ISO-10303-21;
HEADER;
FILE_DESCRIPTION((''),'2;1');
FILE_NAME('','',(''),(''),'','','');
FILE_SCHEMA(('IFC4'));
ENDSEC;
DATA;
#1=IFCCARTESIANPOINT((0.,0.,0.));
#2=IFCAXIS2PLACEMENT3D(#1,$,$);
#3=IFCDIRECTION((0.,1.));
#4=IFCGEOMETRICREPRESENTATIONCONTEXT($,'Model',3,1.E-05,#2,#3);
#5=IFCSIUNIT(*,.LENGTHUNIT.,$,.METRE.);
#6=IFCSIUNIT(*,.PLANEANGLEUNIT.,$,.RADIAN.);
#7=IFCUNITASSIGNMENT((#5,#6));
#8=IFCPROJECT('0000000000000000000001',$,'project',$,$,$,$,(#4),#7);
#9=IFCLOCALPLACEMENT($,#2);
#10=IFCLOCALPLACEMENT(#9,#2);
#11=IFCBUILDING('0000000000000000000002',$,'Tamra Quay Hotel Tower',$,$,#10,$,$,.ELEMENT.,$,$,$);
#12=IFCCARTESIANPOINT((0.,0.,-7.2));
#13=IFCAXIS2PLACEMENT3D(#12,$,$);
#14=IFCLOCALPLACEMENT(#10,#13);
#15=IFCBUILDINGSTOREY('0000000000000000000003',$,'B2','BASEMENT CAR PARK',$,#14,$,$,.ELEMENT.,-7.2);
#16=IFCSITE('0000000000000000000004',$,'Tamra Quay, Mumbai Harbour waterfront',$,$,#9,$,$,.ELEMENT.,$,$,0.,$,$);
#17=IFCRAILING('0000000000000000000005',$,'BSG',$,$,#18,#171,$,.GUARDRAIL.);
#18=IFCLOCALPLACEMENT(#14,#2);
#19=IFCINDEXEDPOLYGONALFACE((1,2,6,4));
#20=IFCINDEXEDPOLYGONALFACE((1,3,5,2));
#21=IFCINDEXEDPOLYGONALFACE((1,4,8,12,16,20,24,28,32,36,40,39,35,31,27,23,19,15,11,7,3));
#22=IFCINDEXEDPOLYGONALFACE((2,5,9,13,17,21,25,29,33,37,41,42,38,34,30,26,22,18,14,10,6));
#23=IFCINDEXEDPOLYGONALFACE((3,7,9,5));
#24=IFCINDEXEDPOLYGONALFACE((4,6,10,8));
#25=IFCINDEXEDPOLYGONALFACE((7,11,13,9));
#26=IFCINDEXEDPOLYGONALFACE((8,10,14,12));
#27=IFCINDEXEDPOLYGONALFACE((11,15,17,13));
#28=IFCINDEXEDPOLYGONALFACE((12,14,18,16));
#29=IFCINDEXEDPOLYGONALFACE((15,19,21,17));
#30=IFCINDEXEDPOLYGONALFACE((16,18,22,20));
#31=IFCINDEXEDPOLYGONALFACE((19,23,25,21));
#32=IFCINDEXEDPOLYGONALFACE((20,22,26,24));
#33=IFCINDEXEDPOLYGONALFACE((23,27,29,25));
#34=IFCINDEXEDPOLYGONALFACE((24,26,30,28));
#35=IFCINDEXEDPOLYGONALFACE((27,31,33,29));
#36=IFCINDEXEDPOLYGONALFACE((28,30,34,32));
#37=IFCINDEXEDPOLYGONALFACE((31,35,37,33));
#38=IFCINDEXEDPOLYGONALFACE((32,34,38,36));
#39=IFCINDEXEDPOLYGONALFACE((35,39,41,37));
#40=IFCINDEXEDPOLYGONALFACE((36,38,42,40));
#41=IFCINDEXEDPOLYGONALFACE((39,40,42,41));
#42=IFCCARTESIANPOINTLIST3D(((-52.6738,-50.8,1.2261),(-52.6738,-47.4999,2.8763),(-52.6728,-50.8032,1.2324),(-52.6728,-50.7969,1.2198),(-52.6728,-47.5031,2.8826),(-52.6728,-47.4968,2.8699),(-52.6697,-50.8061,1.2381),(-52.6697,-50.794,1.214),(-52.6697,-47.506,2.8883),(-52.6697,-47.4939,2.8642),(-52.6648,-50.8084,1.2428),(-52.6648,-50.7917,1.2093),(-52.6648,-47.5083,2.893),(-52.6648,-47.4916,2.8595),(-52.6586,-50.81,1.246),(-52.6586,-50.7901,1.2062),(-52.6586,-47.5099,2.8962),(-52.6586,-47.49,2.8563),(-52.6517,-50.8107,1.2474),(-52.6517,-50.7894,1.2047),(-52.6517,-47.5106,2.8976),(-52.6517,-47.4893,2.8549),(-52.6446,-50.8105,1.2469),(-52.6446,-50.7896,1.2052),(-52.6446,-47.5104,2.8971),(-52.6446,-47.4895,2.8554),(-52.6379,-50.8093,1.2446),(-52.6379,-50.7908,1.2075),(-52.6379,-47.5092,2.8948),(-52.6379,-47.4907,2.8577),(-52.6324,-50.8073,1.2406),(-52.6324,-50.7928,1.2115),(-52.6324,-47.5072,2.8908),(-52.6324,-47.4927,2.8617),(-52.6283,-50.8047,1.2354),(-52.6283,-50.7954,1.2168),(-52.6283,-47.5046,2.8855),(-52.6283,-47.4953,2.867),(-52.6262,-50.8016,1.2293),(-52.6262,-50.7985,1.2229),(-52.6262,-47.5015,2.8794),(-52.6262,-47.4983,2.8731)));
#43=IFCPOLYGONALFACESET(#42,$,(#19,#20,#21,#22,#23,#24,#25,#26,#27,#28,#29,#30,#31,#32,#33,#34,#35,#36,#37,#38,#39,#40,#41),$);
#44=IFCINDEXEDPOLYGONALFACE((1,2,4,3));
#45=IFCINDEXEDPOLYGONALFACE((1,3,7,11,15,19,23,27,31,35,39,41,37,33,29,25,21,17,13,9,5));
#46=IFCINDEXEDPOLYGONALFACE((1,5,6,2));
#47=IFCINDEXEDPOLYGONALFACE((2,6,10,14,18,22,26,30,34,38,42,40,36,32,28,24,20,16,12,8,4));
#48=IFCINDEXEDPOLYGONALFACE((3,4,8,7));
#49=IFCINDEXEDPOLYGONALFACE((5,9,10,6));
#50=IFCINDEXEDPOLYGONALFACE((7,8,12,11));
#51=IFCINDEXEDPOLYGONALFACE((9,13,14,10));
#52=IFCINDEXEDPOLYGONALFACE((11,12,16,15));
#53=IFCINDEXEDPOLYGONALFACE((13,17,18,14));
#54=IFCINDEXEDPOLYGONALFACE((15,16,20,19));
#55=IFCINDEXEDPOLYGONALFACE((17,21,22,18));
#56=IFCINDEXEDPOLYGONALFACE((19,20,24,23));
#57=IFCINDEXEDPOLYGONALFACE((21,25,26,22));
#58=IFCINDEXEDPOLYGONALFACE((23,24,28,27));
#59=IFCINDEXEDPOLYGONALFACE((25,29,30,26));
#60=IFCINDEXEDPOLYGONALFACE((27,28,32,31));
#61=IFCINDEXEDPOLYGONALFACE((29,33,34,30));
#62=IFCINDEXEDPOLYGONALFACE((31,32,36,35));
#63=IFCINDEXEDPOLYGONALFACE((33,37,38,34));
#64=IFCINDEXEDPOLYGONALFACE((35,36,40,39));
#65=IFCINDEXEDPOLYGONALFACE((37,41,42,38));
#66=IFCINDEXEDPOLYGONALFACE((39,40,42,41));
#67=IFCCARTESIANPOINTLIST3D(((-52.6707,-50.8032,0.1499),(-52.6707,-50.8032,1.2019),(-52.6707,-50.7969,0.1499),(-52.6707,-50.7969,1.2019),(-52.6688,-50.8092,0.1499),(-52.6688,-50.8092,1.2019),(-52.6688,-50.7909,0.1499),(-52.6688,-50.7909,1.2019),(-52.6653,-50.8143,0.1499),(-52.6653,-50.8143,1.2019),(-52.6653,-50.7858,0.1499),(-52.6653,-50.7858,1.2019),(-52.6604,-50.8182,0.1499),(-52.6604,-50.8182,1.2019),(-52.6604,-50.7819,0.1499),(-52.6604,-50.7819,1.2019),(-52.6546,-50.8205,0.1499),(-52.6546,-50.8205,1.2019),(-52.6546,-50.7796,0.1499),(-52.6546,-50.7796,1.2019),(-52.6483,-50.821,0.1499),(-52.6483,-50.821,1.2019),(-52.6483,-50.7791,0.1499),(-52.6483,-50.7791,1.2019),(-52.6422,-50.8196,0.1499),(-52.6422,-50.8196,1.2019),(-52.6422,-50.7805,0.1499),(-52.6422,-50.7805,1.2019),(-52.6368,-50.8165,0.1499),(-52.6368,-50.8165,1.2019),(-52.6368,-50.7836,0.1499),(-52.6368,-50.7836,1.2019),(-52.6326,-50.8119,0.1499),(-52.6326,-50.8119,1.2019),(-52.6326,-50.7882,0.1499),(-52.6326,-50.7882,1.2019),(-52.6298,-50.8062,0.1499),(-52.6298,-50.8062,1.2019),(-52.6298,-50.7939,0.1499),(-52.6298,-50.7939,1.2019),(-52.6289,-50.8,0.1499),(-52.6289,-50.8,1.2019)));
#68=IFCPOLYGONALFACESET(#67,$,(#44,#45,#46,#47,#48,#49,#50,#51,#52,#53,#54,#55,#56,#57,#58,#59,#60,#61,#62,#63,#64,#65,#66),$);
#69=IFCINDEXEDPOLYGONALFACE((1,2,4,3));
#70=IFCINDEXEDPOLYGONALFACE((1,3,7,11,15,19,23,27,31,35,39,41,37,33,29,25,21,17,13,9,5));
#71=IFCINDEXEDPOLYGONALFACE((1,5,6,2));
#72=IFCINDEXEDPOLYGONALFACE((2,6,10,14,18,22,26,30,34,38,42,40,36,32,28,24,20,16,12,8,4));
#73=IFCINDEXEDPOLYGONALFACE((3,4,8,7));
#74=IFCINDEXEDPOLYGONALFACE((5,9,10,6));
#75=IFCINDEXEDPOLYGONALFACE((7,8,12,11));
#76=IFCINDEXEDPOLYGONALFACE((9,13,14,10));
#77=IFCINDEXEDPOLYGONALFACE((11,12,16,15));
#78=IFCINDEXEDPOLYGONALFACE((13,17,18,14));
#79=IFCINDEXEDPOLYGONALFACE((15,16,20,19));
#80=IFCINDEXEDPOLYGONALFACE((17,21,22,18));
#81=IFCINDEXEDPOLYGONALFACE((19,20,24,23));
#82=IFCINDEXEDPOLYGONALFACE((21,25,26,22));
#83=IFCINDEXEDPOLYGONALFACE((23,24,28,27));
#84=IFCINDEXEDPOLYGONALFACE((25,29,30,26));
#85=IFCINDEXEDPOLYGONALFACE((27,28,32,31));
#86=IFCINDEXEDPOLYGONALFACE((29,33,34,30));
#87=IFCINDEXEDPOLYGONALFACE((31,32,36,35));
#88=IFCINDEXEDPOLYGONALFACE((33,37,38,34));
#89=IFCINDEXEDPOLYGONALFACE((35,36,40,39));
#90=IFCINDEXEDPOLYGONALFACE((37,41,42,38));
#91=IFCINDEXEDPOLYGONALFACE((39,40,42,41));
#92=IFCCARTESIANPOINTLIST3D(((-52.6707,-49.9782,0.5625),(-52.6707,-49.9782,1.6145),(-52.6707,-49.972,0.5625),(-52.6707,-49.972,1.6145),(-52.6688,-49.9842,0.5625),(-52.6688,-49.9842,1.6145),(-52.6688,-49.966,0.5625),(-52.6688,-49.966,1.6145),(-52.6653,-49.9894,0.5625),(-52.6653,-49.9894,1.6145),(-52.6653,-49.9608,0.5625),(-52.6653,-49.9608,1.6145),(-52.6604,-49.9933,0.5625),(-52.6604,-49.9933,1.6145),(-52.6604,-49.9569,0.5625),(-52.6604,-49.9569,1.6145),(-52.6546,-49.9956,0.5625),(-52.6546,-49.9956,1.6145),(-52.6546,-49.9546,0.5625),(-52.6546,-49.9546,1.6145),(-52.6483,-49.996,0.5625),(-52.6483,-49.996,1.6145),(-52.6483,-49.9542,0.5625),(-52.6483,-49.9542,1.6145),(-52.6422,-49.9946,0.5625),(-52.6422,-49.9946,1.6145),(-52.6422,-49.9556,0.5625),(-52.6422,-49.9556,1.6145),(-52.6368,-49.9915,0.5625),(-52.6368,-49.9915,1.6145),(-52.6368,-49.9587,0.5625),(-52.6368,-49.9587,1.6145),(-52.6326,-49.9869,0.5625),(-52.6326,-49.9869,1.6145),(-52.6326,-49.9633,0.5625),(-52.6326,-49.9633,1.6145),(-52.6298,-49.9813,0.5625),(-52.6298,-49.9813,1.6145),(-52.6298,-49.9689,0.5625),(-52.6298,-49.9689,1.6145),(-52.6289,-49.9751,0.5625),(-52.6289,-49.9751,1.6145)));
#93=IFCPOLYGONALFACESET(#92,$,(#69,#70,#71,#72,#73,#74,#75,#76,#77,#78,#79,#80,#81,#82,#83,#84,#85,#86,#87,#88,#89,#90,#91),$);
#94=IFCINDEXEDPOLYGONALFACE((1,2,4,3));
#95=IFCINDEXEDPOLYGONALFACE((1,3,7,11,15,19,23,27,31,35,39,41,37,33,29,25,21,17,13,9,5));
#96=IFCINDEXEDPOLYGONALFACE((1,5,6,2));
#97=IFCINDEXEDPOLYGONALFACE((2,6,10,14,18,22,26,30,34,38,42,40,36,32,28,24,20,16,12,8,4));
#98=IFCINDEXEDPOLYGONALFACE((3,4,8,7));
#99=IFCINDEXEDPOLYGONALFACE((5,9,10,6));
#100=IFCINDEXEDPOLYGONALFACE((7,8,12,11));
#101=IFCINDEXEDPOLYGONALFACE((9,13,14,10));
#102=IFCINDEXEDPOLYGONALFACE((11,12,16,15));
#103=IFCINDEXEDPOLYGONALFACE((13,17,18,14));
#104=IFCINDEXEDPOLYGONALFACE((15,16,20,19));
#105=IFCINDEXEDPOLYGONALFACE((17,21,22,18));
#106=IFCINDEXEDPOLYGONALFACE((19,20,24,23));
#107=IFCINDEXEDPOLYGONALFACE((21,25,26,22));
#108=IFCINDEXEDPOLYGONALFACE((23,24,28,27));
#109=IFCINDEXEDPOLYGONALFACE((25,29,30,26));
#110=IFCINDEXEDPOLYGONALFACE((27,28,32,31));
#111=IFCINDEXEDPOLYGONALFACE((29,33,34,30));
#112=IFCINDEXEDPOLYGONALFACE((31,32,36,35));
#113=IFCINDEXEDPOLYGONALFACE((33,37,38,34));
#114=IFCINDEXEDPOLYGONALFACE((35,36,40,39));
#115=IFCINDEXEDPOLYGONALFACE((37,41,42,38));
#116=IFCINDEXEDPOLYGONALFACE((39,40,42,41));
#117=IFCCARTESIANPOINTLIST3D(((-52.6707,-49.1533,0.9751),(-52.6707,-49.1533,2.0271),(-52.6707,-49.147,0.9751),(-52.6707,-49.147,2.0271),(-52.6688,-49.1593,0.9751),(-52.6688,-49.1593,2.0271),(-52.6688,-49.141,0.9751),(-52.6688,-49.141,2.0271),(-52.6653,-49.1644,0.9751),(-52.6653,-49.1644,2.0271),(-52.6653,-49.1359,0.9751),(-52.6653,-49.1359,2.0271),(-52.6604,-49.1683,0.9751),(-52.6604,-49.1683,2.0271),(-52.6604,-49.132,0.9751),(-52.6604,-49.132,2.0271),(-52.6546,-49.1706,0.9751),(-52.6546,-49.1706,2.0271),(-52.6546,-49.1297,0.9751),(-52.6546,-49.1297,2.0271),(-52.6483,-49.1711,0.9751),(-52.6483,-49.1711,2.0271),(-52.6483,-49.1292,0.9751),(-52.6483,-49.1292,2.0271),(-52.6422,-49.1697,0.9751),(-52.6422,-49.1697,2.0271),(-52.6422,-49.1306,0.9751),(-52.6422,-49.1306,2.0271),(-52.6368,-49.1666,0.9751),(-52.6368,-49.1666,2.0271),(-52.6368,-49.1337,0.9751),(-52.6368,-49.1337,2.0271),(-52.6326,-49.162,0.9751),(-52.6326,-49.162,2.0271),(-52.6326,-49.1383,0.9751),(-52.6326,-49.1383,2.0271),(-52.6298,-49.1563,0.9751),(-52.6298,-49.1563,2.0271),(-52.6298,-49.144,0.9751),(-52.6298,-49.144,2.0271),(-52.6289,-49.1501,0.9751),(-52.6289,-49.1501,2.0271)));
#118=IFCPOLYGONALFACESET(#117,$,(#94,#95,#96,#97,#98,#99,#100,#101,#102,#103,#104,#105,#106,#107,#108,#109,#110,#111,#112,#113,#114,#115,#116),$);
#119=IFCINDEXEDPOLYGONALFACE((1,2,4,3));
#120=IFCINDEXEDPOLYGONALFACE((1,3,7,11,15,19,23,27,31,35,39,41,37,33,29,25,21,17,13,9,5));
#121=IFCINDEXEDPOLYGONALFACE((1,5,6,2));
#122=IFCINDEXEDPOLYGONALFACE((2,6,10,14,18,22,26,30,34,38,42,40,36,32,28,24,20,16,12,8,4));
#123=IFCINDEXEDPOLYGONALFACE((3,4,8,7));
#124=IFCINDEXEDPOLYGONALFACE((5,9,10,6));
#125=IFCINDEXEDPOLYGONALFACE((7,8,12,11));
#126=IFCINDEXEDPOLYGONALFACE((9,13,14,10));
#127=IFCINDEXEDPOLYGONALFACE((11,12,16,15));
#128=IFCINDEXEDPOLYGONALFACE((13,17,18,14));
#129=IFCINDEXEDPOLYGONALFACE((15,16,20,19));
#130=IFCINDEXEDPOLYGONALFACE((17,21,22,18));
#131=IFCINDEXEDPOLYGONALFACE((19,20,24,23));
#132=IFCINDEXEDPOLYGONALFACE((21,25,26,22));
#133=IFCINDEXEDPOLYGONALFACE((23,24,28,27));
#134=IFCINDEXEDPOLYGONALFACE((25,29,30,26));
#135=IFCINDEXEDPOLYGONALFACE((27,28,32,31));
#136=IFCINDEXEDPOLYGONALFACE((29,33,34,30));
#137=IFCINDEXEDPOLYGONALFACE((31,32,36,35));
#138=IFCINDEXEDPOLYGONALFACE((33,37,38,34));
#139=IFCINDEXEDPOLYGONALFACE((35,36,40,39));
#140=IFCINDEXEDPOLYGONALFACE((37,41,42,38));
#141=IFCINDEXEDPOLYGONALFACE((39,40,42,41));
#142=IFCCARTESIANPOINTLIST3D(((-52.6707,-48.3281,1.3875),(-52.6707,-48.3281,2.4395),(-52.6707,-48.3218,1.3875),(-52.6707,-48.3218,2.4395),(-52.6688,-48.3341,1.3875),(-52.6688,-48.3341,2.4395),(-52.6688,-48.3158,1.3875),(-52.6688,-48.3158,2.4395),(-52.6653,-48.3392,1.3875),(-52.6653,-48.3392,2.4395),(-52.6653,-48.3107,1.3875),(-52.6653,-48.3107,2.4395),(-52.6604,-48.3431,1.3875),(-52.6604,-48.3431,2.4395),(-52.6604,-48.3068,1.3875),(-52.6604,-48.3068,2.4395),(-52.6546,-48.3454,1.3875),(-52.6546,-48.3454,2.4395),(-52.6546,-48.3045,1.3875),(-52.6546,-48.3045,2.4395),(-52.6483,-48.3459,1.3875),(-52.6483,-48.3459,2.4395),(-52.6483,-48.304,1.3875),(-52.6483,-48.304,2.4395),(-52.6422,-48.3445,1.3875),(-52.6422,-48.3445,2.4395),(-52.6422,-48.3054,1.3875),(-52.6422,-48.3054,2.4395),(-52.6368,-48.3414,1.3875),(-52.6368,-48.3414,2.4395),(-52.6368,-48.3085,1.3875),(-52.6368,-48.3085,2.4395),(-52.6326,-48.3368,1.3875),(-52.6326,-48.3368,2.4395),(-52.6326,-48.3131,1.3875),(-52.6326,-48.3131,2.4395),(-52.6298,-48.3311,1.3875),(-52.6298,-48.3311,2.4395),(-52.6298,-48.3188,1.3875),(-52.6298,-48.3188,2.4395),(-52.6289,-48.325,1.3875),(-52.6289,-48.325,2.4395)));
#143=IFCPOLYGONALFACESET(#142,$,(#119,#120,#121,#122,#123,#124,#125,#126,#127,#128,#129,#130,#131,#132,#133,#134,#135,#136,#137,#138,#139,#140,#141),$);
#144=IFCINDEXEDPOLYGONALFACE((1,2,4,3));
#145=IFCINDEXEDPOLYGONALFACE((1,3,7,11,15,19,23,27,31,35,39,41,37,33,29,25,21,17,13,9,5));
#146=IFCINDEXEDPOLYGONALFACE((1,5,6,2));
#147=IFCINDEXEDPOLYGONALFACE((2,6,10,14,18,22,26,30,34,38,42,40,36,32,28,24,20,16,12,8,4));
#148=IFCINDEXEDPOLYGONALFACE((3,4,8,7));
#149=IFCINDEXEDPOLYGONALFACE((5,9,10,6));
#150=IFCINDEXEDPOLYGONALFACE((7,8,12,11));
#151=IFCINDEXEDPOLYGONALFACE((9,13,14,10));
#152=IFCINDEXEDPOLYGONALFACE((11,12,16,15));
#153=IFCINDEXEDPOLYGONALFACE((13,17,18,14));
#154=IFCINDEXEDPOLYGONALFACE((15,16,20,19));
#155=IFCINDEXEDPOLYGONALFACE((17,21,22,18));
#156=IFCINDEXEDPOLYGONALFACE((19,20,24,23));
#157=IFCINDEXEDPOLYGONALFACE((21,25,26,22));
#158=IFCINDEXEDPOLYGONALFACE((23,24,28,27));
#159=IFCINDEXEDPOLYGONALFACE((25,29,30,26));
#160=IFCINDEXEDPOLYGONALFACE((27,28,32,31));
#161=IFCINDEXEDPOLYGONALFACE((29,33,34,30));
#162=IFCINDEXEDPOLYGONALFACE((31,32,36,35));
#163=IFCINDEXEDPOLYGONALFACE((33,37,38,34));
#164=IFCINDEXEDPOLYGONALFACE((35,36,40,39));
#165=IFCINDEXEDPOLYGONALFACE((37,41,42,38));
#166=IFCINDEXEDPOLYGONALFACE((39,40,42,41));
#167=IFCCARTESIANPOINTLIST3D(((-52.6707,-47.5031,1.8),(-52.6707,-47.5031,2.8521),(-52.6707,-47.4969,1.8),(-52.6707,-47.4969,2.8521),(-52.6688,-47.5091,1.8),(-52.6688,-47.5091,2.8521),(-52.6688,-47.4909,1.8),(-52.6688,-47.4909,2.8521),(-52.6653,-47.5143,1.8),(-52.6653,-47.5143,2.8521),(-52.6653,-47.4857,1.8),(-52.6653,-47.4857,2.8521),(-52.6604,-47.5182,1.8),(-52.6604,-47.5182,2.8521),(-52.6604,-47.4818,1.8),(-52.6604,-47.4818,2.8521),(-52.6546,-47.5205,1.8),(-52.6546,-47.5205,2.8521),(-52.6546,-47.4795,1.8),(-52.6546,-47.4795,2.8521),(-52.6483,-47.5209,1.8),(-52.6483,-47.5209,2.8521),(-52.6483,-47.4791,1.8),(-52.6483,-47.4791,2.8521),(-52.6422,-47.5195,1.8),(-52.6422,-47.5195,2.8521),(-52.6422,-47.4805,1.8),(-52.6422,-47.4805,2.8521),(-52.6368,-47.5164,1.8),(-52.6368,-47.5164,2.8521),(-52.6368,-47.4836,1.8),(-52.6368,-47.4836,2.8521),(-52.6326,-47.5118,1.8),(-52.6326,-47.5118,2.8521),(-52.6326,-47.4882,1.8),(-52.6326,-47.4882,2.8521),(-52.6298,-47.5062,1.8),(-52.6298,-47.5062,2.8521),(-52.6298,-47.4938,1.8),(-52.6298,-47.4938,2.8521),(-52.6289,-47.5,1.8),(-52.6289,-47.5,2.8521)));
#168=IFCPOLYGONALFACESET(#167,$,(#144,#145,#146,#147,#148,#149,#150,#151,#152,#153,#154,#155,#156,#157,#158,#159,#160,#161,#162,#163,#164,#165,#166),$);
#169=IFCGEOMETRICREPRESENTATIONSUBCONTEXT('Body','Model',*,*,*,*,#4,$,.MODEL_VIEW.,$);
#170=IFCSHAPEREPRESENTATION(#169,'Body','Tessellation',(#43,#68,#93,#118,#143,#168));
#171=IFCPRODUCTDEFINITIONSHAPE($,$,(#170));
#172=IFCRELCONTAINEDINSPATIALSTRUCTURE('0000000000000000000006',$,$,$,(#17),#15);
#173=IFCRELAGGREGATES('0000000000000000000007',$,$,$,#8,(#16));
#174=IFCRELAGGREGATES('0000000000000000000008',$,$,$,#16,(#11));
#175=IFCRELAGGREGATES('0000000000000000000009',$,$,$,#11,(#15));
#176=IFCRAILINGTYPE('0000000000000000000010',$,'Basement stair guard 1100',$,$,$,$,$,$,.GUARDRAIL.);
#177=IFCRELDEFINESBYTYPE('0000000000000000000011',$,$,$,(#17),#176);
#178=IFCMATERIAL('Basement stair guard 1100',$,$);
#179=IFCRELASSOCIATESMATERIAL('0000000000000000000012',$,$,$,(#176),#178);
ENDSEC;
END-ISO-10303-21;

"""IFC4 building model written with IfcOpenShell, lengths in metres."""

from ifc_helpers import new_model, si_unit, direction, frame, origin, origin_2d, place, context, subcontext, project, spatial, circle, extrude, material, type_object, element, save


model = new_model("IFC4")

# Units and contexts
model_context = context("Model", 3, precision=1e-05, world=origin(), true_north=direction((0.0, 1.0)))
body_context = subcontext(model_context, "Body", "Model", "MODEL_VIEW")
ifc_project = project(units=[si_unit("LENGTHUNIT", "METRE"), si_unit("PLANEANGLEUNIT", "RADIAN")], contexts=[model_context])

# Site, building, storey
site_placement = place(None, origin())
site = spatial("IfcSite", under=ifc_project, at=site_placement, Name="Tamra Quay, Mumbai Harbour waterfront", CompositionType="ELEMENT", RefElevation=0.0)
building_placement = place(site_placement, origin())
building = spatial("IfcBuilding", under=site, at=building_placement, Name="Tamra Quay Hotel Tower", CompositionType="ELEMENT")
storey_placement = place(building_placement, frame((0.0, 0.0, -7.2)))
storey = spatial("IfcBuildingStorey", under=building, at=storey_placement, Name="B2", Description="BASEMENT CAR PARK", CompositionType="ELEMENT", Elevation=-7.2)

# Railing
ifc_material_1 = material(Name="Basement stair guard 1100")
railing_type_1 = type_object("IfcRailingType", Name="Basement stair guard 1100", PredefinedType="GUARDRAIL", material=ifc_material_1)
railing_1_placement = place(storey_placement, frame((-52.6499, -50.8, 0.1499)))
element("IfcRailing", 1, at=railing_1_placement, inside=storey, type_object=railing_type_1, Name="BSG", PredefinedType="GUARDRAIL", context=body_context, shape_type="SweptSolid", body=[
    extrude(circle(Radius=0.0239, at=origin_2d()), frame((0.0, 0.0, 1.0762), z_axis=(0.0, 0.894414, 0.44724), x_axis=(-1.0, 0.0, 0.0)), (0.0, 0.0, 1.0), 3.6897),
    extrude(circle(Radius=0.021, at=origin_2d()), origin(), (0.0, 0.0, 1.0), 1.052),
    extrude(circle(Radius=0.021, at=origin_2d()), frame((0.0, 0.825, 0.4126)), (0.0, 0.0, 1.0), 1.052),
    extrude(circle(Radius=0.021, at=origin_2d()), frame((0.0, 1.6499, 0.8252)), (0.0, 0.0, 1.0), 1.052),
    extrude(circle(Radius=0.021, at=origin_2d()), frame((0.0, 2.4751, 1.2375)), (0.0, 0.0, 1.0), 1.052),
    extrude(circle(Radius=0.021, at=origin_2d()), frame((0.0, 3.3, 1.6501)), (0.0, 0.0, 1.0), 1.052),
])

save(model, "model.ifc")
